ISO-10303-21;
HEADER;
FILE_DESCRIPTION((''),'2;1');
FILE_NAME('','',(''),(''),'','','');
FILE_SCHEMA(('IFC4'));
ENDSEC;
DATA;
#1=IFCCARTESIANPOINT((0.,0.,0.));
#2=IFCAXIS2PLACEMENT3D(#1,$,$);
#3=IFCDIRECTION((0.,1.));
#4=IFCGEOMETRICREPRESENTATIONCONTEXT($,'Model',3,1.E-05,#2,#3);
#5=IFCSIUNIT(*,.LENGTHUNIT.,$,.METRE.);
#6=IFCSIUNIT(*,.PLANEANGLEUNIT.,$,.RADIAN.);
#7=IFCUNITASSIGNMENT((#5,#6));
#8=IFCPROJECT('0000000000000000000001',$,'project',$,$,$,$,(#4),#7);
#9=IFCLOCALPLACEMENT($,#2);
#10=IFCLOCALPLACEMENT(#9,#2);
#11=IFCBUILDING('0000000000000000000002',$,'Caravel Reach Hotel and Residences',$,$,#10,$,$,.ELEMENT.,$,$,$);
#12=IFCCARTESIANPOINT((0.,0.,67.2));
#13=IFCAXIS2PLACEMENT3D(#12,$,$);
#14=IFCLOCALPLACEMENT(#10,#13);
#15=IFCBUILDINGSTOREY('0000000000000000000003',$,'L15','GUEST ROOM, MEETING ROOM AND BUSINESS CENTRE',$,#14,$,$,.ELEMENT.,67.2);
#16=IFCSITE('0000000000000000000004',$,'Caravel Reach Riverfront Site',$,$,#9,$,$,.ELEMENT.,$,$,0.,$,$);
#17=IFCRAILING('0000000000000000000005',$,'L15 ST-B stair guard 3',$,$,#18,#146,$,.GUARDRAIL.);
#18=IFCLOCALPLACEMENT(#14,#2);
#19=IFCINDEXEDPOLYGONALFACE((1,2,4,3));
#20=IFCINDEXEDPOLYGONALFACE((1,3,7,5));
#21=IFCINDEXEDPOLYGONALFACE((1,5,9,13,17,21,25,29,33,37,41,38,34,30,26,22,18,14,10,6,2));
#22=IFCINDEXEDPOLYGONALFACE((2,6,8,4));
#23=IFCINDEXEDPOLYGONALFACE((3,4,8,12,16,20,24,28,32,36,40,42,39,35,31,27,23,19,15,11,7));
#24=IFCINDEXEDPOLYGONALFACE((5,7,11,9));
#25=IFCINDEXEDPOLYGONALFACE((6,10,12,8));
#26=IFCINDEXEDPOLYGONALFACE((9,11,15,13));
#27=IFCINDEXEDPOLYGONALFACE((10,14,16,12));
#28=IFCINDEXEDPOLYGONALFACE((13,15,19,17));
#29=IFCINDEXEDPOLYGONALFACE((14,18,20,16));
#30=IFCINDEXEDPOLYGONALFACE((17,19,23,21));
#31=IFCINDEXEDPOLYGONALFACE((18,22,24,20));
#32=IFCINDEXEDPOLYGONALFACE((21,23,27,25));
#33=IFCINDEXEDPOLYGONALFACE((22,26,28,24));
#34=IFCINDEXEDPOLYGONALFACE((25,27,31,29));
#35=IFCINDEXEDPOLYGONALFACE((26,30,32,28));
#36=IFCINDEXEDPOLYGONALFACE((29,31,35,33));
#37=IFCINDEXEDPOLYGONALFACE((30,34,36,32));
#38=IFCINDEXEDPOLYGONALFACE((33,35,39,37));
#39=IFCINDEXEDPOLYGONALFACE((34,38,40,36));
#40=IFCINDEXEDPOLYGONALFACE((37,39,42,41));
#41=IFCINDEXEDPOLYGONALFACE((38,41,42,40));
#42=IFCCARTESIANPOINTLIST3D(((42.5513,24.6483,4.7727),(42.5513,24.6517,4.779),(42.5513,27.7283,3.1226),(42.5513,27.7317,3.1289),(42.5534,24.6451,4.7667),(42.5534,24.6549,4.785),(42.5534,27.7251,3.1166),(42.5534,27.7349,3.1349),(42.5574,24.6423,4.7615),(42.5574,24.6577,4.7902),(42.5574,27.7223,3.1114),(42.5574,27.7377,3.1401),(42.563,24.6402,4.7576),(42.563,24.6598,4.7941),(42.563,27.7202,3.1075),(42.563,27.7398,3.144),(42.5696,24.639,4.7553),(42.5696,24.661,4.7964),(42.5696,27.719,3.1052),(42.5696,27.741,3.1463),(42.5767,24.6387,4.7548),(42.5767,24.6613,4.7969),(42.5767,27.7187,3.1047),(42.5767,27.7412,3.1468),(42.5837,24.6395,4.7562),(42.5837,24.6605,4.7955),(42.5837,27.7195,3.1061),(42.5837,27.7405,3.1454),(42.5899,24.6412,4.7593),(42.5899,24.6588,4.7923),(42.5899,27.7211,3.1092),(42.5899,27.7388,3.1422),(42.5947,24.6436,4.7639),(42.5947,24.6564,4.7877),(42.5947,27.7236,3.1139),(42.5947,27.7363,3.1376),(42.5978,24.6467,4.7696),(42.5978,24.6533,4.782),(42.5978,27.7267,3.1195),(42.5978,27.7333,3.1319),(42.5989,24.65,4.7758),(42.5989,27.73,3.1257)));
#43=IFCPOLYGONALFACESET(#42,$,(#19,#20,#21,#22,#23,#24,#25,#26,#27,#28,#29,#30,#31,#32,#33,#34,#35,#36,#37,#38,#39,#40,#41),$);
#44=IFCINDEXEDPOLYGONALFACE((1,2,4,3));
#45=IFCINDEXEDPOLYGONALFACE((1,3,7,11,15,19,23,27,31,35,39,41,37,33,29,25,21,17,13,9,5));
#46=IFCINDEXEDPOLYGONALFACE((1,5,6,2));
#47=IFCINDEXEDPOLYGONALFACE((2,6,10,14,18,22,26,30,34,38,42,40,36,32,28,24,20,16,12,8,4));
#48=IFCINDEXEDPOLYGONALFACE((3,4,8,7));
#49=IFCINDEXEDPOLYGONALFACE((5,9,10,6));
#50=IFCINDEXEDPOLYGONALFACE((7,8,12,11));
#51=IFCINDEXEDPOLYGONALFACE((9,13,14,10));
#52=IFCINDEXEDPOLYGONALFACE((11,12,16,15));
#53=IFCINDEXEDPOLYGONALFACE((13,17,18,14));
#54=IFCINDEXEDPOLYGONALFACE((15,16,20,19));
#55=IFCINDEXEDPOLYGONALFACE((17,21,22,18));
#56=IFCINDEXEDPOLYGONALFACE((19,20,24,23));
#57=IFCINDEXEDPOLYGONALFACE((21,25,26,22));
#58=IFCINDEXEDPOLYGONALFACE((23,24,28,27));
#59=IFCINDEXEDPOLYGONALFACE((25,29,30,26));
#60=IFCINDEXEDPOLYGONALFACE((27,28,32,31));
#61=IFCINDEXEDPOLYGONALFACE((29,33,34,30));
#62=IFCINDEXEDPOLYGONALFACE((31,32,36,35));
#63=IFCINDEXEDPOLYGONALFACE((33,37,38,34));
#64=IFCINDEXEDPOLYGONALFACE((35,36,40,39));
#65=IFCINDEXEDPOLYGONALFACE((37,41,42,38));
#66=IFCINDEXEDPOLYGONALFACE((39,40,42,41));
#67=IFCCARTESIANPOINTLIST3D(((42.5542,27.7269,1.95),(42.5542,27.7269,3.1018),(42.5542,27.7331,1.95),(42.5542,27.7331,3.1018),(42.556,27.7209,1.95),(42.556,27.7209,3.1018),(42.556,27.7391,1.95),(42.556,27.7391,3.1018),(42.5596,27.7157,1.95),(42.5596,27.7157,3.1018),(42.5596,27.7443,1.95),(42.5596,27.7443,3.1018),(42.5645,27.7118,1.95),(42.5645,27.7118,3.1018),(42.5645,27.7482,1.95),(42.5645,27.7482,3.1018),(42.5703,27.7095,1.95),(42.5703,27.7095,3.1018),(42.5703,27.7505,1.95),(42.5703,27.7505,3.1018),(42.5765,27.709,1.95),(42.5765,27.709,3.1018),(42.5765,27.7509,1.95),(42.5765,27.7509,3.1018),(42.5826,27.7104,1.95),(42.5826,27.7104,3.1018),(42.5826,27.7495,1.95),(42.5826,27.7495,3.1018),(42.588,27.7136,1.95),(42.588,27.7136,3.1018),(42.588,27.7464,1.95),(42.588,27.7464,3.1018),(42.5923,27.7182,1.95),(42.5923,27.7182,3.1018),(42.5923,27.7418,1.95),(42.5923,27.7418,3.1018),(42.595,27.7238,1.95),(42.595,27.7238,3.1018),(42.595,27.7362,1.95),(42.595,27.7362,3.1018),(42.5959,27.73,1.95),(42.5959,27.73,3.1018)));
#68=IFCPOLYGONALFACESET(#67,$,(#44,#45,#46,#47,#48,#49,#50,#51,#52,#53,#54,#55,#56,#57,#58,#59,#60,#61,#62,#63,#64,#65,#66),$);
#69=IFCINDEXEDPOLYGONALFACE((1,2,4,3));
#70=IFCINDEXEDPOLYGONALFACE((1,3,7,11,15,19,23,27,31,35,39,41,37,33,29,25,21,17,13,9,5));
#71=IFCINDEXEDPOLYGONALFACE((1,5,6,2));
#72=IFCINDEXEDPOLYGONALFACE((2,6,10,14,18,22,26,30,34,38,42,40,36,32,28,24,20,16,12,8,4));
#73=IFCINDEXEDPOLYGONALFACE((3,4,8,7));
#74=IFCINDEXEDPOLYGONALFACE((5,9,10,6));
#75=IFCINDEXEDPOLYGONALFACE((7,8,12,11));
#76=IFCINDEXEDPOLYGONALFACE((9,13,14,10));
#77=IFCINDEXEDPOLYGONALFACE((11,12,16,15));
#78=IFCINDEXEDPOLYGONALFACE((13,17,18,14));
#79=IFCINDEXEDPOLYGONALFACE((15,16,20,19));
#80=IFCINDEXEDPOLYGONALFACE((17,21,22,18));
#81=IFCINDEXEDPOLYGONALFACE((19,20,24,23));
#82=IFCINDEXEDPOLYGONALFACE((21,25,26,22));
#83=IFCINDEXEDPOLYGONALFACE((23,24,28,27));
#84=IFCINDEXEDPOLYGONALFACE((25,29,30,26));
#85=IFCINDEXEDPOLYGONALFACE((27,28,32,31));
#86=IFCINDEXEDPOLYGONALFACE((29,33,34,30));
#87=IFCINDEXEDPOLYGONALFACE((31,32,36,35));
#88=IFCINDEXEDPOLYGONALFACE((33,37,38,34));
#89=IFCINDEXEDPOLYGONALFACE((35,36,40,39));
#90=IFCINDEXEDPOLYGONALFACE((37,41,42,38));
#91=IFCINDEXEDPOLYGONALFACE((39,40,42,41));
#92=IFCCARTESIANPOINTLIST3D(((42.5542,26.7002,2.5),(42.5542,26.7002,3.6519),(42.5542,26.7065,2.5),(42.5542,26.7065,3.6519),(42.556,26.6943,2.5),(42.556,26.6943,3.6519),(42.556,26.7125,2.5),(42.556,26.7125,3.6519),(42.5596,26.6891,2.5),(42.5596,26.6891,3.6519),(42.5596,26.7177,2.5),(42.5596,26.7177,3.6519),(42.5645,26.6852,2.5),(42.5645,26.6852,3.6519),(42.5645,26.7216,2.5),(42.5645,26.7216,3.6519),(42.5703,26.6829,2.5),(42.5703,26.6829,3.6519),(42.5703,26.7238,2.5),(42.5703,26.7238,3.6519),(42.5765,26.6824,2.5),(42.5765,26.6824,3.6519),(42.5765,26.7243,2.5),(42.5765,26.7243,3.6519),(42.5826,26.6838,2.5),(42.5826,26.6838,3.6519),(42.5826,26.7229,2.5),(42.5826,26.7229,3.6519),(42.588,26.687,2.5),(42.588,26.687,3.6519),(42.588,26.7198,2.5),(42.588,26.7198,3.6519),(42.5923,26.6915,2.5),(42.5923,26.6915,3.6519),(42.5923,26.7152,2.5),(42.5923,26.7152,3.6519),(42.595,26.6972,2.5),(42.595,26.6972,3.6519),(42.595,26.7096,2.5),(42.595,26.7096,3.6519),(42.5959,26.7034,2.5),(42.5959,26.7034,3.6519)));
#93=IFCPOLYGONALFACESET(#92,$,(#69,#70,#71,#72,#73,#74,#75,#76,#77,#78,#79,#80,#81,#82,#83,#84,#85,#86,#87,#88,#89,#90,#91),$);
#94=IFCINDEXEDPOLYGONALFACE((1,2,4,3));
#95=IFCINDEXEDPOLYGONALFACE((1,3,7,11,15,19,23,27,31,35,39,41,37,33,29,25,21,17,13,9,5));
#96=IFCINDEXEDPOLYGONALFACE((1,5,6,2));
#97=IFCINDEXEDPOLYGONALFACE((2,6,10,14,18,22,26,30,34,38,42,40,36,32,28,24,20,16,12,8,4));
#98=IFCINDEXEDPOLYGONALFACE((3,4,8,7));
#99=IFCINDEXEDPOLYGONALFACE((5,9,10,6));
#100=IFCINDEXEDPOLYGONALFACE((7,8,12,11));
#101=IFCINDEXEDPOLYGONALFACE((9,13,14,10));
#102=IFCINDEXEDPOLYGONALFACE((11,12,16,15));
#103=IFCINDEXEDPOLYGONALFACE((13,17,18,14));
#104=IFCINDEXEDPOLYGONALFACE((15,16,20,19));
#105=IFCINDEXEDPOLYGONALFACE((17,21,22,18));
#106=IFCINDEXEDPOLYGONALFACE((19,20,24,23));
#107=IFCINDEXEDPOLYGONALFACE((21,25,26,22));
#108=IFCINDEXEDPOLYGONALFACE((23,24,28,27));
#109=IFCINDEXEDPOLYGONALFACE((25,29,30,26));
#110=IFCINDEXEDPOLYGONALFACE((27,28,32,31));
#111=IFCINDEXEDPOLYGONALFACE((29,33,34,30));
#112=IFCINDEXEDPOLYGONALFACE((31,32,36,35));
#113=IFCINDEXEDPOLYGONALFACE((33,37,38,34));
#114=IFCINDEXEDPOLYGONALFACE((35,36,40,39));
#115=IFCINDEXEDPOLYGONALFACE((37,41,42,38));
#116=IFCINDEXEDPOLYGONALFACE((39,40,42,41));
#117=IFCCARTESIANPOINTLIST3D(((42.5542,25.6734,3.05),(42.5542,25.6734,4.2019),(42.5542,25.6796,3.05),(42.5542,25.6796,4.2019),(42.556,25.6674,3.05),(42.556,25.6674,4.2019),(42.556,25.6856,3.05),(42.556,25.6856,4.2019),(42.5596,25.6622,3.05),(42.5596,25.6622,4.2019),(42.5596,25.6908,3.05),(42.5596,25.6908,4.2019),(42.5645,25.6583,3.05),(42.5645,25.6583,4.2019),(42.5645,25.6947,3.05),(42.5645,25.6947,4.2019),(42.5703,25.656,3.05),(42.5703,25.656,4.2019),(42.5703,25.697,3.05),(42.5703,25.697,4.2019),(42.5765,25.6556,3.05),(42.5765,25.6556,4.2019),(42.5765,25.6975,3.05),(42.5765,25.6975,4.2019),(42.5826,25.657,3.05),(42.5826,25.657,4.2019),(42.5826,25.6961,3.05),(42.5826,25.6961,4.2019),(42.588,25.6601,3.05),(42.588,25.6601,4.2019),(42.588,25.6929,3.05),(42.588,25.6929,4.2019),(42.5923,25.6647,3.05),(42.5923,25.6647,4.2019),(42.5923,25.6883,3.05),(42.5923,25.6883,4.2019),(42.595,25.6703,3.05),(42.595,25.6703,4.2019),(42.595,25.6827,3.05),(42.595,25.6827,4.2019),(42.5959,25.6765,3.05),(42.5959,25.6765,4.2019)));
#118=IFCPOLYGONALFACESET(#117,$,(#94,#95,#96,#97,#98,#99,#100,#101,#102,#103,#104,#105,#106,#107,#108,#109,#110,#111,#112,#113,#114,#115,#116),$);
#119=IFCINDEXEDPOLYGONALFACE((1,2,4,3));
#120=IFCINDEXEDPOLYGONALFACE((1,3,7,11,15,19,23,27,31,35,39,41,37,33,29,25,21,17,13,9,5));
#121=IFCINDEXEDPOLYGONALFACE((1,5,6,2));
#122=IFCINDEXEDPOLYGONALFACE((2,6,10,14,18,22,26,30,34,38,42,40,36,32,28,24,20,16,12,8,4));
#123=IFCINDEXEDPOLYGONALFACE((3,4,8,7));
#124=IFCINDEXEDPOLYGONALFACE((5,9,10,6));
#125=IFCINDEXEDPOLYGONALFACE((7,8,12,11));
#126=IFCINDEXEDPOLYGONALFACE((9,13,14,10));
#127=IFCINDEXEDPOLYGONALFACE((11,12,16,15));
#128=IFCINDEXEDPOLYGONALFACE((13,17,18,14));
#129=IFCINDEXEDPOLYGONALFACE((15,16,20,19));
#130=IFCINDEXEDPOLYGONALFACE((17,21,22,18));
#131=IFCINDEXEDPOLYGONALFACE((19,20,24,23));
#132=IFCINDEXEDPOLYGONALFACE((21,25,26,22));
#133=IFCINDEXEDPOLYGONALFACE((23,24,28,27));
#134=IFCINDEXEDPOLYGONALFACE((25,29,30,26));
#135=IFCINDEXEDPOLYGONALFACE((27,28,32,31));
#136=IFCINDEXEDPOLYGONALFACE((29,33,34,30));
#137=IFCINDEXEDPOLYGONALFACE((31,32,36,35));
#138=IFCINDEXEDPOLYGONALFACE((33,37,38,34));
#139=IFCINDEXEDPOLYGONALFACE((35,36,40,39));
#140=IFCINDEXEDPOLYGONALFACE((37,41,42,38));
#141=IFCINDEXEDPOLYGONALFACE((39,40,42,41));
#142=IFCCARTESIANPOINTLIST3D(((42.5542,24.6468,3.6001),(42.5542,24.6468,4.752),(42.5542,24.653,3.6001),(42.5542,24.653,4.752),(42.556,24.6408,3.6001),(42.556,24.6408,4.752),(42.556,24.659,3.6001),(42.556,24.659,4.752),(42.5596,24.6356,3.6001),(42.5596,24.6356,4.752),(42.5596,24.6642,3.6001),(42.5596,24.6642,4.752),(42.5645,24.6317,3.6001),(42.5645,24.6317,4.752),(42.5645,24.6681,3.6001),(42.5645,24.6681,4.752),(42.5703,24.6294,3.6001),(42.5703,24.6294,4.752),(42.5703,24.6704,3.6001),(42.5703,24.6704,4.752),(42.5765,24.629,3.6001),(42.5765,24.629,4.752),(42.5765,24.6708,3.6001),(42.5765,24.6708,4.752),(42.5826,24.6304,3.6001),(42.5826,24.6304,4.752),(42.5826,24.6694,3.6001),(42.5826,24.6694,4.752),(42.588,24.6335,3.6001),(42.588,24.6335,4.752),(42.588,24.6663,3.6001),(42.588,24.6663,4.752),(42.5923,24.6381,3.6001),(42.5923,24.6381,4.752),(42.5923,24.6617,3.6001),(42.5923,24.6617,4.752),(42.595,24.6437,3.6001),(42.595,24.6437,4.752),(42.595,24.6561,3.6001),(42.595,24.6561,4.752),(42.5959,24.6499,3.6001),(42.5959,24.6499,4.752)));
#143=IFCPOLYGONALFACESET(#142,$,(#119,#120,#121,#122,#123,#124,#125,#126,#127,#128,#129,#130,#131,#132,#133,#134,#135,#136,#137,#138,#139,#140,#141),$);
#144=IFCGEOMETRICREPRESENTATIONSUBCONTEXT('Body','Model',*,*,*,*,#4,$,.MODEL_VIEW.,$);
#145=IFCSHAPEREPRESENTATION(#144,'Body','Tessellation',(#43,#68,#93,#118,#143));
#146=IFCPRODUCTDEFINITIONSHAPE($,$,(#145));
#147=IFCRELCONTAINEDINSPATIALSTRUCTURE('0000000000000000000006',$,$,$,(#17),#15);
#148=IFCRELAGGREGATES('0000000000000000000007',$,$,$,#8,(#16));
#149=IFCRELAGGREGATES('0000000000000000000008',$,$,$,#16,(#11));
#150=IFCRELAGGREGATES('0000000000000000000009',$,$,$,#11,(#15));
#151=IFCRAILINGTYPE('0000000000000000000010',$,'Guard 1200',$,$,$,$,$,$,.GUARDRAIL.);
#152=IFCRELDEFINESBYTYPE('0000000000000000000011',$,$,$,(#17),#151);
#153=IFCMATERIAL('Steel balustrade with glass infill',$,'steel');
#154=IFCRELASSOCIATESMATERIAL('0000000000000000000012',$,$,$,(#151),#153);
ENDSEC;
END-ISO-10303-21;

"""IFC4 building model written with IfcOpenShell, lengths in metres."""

from ifc_helpers import new_model, si_unit, direction, frame, origin, origin_2d, place, context, subcontext, project, spatial, circle, extrude, material, type_object, element, save


model = new_model("IFC4")

# Units and contexts
model_context = context("Model", 3, precision=1e-05, world=origin(), true_north=direction((0.0, 1.0)))
body_context = subcontext(model_context, "Body", "Model", "MODEL_VIEW")
ifc_project = project(units=[si_unit("LENGTHUNIT", "METRE"), si_unit("PLANEANGLEUNIT", "RADIAN")], contexts=[model_context])

# Site, building, storey
site_placement = place(None, origin())
site = spatial("IfcSite", under=ifc_project, at=site_placement, Name="Caravel Reach Riverfront Site", CompositionType="ELEMENT", RefElevation=0.0)
building_placement = place(site_placement, origin())
building = spatial("IfcBuilding", under=site, at=building_placement, Name="Caravel Reach Hotel and Residences", CompositionType="ELEMENT")
storey_placement = place(building_placement, frame((0.0, 0.0, 67.2)))
storey = spatial("IfcBuildingStorey", under=building, at=storey_placement, Name="L15", Description="GUEST ROOM, MEETING ROOM AND BUSINESS CENTRE", CompositionType="ELEMENT", Elevation=67.2)

# Railing
ifc_material_1 = material(Name="Steel balustrade with glass infill", Category="steel")
railing_type_1 = type_object("IfcRailingType", Name="Guard 1200", PredefinedType="GUARDRAIL", material=ifc_material_1)
railing_1_placement = place(storey_placement, frame((42.575, 27.73, 1.95)))
element("IfcRailing", 1, at=railing_1_placement, inside=storey, type_object=railing_type_1, Name="L15 ST-B stair guard 3", PredefinedType="GUARDRAIL", context=body_context, shape_type="SweptSolid", body=[
    extrude(circle(Radius=0.0239, at=origin_2d()), frame((0.0, 0.0, 1.1758), z_axis=(0.0, -0.881468, 0.472245), x_axis=(1.0, 0.0, 0.0)), (0.0, 0.0, 1.0), 3.4941),
    extrude(circle(Radius=0.021, at=origin_2d()), origin(), (0.0, 0.0, 1.0), 1.1519),
    extrude(circle(Radius=0.021, at=origin_2d()), frame((0.0, -1.0266, 0.55)), (0.0, 0.0, 1.0), 1.1519),
    extrude(circle(Radius=0.021, at=origin_2d()), frame((0.0, -2.0535, 1.1001)), (0.0, 0.0, 1.0), 1.1519),
    extrude(circle(Radius=0.021, at=origin_2d()), frame((0.0, -3.0801, 1.6501)), (0.0, 0.0, 1.0), 1.1519),
])

save(model, "model.ifc")
